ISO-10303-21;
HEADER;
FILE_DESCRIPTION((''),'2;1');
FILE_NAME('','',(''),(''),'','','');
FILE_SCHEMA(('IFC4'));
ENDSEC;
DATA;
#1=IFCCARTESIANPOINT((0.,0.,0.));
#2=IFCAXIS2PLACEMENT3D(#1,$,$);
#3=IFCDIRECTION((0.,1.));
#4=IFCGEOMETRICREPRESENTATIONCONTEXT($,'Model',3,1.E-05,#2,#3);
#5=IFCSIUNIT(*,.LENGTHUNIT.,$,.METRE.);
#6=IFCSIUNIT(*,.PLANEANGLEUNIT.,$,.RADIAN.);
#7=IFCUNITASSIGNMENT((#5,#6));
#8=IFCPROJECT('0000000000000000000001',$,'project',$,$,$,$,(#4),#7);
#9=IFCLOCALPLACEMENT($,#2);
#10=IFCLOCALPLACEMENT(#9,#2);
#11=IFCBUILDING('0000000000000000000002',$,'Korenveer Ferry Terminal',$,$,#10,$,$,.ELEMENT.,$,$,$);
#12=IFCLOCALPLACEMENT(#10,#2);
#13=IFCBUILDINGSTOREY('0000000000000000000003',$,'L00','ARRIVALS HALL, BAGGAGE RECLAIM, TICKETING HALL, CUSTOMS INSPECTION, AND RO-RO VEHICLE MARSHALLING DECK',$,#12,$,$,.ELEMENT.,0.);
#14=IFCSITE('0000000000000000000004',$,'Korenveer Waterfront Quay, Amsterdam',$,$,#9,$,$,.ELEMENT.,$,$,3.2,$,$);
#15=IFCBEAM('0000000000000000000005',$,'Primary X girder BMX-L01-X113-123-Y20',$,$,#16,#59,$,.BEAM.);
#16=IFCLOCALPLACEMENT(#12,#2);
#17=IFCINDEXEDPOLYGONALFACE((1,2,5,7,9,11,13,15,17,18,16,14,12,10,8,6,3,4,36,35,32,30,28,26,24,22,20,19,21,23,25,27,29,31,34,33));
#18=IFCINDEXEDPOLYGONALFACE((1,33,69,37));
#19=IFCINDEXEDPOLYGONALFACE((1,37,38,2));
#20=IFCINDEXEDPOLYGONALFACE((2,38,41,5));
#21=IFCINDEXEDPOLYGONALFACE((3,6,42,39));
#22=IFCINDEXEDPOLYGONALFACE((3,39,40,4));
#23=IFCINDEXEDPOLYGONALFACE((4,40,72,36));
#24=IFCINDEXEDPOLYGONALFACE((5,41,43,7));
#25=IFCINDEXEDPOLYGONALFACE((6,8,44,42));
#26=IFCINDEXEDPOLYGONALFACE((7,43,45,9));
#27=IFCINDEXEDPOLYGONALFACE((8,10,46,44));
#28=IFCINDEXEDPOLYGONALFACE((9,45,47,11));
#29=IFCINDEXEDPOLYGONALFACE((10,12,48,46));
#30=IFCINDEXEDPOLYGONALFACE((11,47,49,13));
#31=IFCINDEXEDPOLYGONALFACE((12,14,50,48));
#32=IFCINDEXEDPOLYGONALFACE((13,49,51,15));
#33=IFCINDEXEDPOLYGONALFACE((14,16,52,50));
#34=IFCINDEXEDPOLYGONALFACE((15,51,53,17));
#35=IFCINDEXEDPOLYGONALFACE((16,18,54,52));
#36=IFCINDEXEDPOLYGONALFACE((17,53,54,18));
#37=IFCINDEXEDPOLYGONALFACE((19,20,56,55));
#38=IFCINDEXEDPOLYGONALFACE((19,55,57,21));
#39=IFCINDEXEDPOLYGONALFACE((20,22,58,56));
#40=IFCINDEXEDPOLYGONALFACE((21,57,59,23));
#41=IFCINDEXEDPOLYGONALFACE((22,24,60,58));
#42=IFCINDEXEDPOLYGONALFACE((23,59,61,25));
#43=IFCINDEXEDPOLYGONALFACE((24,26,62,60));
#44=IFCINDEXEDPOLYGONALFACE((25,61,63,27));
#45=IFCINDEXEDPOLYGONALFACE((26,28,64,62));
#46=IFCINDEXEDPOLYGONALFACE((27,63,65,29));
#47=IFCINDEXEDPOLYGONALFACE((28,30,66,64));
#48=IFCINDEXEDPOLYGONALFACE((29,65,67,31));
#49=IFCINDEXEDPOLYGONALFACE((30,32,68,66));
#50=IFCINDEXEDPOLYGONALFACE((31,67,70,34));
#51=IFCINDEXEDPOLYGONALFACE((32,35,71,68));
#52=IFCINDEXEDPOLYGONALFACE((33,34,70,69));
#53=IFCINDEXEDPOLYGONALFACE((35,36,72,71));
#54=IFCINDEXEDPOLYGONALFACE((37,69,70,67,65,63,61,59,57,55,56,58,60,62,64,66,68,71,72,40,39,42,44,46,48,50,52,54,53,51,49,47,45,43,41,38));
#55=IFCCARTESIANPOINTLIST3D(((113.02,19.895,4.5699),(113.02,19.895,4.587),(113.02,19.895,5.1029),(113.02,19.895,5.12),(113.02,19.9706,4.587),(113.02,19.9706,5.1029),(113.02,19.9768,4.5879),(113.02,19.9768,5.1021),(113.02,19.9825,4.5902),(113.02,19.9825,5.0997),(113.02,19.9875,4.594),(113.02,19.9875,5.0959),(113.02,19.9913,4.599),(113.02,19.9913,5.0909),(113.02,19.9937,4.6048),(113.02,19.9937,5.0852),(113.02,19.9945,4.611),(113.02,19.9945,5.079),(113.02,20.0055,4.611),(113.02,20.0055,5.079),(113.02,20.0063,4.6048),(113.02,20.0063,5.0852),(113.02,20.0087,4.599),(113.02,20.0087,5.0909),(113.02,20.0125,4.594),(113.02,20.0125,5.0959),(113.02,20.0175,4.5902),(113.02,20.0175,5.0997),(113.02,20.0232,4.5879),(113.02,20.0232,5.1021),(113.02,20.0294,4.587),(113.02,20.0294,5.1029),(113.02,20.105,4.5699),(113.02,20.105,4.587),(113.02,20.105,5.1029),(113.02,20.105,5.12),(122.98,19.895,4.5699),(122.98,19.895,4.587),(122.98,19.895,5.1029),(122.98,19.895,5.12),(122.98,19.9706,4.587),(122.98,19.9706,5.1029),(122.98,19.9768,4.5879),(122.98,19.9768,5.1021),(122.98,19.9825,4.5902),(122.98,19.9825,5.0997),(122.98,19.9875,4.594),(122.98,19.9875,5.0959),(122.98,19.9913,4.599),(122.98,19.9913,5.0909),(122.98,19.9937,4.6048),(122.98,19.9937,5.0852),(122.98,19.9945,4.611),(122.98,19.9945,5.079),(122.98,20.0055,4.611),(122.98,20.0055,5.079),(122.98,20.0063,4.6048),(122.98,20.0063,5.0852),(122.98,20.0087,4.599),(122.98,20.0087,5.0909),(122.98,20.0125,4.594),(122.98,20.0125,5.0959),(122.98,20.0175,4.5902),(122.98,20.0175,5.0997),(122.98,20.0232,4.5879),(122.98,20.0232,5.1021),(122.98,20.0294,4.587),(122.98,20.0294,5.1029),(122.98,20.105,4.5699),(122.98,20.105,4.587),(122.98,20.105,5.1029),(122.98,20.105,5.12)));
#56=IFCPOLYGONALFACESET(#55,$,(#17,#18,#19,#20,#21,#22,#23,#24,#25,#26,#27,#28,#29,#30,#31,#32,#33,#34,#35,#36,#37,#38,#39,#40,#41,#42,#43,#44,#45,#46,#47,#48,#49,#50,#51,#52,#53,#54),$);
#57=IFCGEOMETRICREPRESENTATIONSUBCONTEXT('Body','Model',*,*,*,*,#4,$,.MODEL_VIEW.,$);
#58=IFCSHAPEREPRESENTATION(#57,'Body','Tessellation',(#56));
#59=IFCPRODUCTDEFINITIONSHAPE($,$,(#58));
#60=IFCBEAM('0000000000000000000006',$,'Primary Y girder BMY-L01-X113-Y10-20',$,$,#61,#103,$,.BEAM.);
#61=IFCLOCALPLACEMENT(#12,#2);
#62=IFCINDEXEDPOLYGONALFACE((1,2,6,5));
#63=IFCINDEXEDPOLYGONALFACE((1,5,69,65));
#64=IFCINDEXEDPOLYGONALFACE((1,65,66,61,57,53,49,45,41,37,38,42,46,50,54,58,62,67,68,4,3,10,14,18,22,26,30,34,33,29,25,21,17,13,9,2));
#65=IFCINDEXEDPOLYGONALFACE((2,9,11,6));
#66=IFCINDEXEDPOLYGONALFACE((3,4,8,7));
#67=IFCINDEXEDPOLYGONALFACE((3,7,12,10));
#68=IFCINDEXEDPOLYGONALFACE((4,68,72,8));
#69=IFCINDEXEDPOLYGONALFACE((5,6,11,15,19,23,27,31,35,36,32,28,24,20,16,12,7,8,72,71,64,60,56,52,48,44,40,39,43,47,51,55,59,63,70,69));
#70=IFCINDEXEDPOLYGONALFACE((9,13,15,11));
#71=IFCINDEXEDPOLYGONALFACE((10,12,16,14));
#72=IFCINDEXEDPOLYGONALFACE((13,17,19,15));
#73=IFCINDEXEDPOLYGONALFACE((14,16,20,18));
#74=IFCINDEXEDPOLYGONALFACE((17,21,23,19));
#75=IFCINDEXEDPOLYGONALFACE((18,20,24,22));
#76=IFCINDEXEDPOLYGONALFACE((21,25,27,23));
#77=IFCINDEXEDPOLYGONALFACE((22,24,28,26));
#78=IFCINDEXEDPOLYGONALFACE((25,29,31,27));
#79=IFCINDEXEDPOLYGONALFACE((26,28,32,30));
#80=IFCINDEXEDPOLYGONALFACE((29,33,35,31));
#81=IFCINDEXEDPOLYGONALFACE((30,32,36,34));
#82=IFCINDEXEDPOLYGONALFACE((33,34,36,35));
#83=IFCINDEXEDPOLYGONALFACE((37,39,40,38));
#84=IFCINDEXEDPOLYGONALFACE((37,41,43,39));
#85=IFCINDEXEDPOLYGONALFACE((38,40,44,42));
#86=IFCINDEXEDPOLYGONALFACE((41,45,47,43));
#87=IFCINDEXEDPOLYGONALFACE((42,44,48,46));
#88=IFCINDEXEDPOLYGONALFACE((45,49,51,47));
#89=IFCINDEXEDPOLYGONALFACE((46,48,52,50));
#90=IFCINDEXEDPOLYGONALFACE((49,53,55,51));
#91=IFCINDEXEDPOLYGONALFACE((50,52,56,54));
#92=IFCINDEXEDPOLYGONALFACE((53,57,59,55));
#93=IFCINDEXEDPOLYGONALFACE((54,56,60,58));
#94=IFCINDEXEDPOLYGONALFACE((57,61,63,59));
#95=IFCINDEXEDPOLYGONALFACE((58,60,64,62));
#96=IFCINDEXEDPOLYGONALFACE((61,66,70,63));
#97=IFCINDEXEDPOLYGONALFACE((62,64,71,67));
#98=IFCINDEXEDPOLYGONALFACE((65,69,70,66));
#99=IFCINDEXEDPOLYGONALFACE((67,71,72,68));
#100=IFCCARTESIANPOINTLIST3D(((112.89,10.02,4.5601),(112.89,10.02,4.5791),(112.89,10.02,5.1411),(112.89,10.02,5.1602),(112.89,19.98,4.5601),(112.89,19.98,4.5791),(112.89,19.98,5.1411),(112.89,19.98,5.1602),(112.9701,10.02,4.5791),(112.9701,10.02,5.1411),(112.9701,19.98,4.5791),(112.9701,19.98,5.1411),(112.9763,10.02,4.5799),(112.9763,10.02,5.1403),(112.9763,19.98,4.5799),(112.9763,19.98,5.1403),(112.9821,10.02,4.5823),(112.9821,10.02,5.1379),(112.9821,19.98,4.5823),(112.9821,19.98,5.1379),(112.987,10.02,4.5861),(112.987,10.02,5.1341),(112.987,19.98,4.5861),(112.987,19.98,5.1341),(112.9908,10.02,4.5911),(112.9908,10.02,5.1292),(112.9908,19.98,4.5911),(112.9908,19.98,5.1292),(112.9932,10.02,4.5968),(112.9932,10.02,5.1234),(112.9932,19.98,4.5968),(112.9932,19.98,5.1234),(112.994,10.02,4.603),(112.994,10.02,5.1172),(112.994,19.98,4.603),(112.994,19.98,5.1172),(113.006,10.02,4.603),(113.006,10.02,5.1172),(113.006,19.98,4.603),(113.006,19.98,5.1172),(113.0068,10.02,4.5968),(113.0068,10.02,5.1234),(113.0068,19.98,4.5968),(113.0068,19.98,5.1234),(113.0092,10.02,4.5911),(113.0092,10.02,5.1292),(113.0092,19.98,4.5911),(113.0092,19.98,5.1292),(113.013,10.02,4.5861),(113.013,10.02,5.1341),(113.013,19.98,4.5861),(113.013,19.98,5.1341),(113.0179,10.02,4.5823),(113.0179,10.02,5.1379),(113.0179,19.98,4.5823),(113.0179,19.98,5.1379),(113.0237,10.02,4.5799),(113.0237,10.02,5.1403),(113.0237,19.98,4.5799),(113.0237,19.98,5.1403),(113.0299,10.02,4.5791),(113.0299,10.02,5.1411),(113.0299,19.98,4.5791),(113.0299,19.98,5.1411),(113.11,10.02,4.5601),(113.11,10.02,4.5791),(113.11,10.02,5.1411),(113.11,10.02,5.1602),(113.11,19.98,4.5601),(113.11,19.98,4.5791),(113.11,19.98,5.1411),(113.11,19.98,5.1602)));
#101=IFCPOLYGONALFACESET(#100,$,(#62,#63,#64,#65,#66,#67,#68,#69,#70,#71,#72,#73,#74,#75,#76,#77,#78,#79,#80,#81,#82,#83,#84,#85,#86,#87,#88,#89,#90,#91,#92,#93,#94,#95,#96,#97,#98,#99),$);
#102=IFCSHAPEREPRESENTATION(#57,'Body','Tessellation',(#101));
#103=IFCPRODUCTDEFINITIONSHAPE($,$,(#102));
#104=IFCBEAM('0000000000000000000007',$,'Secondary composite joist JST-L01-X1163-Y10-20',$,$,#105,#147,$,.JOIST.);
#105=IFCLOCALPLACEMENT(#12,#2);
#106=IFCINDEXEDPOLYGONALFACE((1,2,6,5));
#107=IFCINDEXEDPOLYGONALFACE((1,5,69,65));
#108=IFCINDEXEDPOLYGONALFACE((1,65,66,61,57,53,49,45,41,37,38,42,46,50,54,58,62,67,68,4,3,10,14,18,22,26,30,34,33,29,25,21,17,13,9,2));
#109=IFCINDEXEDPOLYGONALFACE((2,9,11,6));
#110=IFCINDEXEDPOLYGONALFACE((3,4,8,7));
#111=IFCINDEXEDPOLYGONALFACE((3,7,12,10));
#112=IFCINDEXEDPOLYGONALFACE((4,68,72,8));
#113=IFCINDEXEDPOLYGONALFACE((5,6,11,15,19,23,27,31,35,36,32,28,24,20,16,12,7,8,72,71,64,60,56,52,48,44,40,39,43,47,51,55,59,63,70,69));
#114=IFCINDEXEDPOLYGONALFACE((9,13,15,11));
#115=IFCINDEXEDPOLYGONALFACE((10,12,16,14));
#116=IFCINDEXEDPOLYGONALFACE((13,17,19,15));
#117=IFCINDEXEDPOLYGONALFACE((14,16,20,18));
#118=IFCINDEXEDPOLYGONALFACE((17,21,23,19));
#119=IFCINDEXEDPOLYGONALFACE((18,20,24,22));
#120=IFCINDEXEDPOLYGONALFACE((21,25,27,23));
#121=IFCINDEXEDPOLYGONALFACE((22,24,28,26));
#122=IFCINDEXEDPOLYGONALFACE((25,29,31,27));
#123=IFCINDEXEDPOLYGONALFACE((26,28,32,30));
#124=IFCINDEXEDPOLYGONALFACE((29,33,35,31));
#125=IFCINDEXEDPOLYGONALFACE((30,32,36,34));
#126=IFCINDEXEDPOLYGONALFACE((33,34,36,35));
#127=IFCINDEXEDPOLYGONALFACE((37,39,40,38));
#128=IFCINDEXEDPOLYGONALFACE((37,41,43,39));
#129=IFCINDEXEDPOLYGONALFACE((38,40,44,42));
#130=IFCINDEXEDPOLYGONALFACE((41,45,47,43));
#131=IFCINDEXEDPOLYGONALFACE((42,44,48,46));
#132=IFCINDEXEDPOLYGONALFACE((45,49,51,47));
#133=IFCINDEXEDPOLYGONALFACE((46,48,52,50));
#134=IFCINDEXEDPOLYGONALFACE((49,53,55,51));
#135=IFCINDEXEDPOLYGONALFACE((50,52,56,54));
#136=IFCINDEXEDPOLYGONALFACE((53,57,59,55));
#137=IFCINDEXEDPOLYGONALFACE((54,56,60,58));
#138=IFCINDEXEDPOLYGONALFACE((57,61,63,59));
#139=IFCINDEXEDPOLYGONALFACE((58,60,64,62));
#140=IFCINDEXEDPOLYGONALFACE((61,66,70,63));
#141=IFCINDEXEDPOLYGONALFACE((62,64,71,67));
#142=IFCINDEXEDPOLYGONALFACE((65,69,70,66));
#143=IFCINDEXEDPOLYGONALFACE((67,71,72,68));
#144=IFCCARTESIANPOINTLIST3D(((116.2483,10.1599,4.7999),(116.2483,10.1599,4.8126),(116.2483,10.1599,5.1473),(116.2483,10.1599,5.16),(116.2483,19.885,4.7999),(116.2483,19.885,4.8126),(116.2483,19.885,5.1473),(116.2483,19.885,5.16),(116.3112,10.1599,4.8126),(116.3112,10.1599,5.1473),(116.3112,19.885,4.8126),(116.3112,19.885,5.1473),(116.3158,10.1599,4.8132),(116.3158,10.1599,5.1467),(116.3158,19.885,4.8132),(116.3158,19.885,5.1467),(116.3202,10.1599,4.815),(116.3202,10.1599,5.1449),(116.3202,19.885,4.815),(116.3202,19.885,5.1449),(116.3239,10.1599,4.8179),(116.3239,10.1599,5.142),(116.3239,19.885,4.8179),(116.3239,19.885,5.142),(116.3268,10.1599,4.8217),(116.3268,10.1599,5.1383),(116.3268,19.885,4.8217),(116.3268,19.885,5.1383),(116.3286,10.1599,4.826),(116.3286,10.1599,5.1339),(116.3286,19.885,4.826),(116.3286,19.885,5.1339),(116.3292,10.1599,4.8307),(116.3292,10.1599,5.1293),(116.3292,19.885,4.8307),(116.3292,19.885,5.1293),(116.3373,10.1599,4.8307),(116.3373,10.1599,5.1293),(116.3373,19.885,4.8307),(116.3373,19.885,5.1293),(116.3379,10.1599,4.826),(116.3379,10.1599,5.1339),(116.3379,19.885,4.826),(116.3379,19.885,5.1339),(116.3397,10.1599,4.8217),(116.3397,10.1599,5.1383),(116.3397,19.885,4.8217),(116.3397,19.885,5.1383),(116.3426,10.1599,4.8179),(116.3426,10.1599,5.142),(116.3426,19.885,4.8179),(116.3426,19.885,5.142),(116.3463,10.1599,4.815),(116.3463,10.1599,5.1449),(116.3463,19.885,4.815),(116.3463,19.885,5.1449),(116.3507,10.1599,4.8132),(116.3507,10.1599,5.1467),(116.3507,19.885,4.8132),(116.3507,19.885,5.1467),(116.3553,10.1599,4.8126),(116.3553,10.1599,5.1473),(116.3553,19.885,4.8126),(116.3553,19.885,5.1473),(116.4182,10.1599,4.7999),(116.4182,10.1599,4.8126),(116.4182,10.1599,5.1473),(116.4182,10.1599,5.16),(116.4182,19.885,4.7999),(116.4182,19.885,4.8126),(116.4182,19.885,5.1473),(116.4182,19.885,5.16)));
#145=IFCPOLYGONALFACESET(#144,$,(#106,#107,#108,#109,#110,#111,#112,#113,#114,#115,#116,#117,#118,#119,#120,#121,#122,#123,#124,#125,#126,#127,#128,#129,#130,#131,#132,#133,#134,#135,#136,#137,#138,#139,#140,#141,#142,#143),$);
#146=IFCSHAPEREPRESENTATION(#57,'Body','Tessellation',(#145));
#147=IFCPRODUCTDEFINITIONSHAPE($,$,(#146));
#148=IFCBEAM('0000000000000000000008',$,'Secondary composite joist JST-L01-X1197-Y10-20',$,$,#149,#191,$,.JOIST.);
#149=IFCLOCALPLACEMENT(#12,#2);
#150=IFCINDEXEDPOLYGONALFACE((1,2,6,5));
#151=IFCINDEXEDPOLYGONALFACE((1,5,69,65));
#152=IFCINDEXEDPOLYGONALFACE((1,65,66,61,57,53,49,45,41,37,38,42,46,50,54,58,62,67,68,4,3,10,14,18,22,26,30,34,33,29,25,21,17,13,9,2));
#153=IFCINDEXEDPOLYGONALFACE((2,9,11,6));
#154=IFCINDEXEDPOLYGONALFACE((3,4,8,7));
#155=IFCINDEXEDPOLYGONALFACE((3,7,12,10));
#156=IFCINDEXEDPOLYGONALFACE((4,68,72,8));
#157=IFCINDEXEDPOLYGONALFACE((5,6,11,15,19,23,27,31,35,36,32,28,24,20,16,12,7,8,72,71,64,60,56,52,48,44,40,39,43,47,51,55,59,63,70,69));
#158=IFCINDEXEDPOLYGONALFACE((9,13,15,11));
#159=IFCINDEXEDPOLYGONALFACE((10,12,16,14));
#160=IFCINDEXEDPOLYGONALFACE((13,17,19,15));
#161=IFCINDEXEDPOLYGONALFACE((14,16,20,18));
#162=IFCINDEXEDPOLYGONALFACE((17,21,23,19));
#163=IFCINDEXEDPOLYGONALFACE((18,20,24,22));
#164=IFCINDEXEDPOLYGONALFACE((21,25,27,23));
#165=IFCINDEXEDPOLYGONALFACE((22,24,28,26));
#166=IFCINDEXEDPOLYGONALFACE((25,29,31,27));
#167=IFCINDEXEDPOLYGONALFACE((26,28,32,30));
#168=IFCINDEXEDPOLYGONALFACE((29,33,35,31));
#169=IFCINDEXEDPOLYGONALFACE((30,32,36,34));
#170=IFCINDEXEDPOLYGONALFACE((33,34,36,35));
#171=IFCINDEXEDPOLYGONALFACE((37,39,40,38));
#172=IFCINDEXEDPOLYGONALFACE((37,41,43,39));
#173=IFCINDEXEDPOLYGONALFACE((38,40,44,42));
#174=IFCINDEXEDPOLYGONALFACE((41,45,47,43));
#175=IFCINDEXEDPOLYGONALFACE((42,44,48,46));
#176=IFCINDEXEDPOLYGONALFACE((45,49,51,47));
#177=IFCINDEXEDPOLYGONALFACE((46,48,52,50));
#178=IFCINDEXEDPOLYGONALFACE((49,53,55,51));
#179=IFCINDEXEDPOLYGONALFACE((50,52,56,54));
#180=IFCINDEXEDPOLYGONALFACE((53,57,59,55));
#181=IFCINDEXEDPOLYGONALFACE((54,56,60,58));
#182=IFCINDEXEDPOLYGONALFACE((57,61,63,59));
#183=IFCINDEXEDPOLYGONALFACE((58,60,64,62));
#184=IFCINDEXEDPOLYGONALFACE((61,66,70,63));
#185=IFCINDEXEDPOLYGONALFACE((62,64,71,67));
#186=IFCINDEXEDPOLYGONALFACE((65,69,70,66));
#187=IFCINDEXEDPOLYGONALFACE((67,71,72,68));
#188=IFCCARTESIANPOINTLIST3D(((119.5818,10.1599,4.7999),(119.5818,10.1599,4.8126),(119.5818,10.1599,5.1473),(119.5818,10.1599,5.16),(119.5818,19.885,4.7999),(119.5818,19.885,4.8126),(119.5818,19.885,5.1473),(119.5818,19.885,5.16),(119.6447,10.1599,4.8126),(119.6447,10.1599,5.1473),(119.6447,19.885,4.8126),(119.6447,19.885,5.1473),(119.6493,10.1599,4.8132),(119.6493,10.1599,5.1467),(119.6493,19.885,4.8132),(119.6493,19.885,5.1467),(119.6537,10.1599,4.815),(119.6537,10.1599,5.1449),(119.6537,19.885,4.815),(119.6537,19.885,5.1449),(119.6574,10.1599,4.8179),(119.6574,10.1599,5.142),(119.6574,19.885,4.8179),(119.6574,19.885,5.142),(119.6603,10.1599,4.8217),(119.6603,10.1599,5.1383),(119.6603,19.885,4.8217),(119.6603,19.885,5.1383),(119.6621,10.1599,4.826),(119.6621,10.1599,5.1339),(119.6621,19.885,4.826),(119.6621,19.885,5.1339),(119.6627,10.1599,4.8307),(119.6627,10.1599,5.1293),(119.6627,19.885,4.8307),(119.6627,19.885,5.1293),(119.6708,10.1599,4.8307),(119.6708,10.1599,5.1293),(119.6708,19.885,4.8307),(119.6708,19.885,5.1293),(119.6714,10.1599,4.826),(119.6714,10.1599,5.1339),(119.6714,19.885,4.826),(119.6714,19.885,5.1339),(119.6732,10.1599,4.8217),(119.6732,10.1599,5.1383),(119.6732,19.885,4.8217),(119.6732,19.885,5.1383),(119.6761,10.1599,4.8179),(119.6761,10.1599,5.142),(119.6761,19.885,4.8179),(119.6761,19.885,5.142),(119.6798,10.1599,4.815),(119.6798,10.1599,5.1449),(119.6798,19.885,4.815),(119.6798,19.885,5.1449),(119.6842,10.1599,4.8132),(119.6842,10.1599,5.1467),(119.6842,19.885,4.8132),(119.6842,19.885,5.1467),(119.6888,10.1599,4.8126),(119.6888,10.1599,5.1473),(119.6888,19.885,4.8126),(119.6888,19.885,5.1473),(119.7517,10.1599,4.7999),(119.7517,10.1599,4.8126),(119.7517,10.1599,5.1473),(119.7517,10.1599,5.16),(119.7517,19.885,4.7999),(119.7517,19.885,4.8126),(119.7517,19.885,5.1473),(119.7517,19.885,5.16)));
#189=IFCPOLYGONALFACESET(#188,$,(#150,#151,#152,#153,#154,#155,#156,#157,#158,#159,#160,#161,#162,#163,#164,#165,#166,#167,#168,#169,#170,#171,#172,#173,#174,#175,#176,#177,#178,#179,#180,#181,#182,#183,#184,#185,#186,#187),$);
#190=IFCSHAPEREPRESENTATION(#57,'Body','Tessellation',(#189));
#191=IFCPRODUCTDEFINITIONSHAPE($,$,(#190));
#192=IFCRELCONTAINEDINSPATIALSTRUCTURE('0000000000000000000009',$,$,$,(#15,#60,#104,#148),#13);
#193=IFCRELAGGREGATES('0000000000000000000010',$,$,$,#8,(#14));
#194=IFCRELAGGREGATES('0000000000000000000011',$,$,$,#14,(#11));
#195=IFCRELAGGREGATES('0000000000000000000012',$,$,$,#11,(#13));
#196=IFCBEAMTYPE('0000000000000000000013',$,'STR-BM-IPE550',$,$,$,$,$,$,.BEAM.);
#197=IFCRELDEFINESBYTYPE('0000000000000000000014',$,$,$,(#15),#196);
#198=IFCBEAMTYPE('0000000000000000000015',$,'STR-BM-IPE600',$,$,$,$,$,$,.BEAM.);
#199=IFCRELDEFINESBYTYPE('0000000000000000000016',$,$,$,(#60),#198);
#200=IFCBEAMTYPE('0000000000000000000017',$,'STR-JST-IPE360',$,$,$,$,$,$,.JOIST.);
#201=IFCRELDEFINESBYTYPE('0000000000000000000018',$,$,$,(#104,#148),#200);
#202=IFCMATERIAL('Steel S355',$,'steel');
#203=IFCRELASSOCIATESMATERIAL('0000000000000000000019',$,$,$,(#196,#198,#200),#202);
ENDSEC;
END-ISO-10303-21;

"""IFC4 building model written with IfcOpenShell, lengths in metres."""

from ifc_helpers import new_model, si_unit, direction, frame, origin, origin_2d, place, context, subcontext, project, spatial, i_section, extrude, material, material_profile, profile_set, type_object, element, save


model = new_model("IFC4")

# Units and contexts
model_context = context("Model", 3, precision=1e-05, world=origin(), true_north=direction((0.0, 1.0)))
body_context = subcontext(model_context, "Body", "Model", "MODEL_VIEW")
ifc_project = project(units=[si_unit("LENGTHUNIT", "METRE"), si_unit("PLANEANGLEUNIT", "RADIAN")], contexts=[model_context])

# Site, building, storey
site_placement = place(None, origin())
site = spatial("IfcSite", under=ifc_project, at=site_placement, Name="Korenveer Waterfront Quay, Amsterdam", CompositionType="ELEMENT", RefElevation=3.2)
building_placement = place(site_placement, origin())
building = spatial("IfcBuilding", under=site, at=building_placement, Name="Korenveer Ferry Terminal", CompositionType="ELEMENT")
storey_placement = place(building_placement, origin())
storey = spatial("IfcBuildingStorey", under=building, at=storey_placement, Name="L00", Description="ARRIVALS HALL, BAGGAGE RECLAIM, TICKETING HALL, CUSTOMS INSPECTION, AND RO-RO VEHICLE MARSHALLING DECK", CompositionType="ELEMENT", Elevation=0.0)

# Shared definitions
ifc_material_1 = material(Name="Steel S355", Category="steel")

# Beams
ifc_material_profile_1 = material_profile(ifc_material_1, i_section(OverallWidth=0.21, OverallDepth=0.55, WebThickness=0.011, FlangeThickness=0.0171, FilletRadius=0.0239, at=origin_2d()), Name="IPE 550")
ifc_profile_set_1 = profile_set([ifc_material_profile_1], Name="Steel S355")
beam_type_1 = type_object("IfcBeamType", Name="STR-BM-IPE550", PredefinedType="BEAM", material=ifc_profile_set_1)
beam_1_placement = place(storey_placement, frame((113.02, 20.0, 4.845), z_axis=(1.0, 0.0, 0.0), x_axis=(0.0, 1.0, 0.0)))
element("IfcBeam", 1, at=beam_1_placement, inside=storey, type_object=beam_type_1, Name="Primary X girder BMX-L01-X113-123-Y20", PredefinedType="BEAM", context=body_context, shape_type="SweptSolid", body=[
    extrude(i_section(OverallWidth=0.21, OverallDepth=0.55, WebThickness=0.011, FlangeThickness=0.0171, FilletRadius=0.0239, at=origin_2d()), origin(), (0.0, 0.0, 1.0), 9.96),
])
ifc_material_profile_2 = material_profile(ifc_material_1, i_section(OverallWidth=0.22, OverallDepth=0.6001, WebThickness=0.012, FlangeThickness=0.019, FilletRadius=0.0239, at=origin_2d()), Name="IPE 600")
ifc_profile_set_2 = profile_set([ifc_material_profile_2], Name="Steel S355")
beam_type_2 = type_object("IfcBeamType", Name="STR-BM-IPE600", PredefinedType="BEAM", material=ifc_profile_set_2)
beam_2_placement = place(storey_placement, frame((113.0, 10.02, 4.8601), z_axis=(0.0, 1.0, 0.0), x_axis=(-1.0, 0.0, 0.0)))
element("IfcBeam", 2, at=beam_2_placement, inside=storey, type_object=beam_type_2, Name="Primary Y girder BMY-L01-X113-Y10-20", PredefinedType="BEAM", context=body_context, shape_type="SweptSolid", body=[
    extrude(i_section(OverallWidth=0.22, OverallDepth=0.6001, WebThickness=0.012, FlangeThickness=0.019, FilletRadius=0.0239, at=origin_2d()), origin(), (0.0, 0.0, 1.0), 9.96),
])
ifc_material_profile_3 = material_profile(ifc_material_1, i_section(OverallWidth=0.1699, OverallDepth=0.3601, WebThickness=0.0081, FlangeThickness=0.0127, FilletRadius=0.0181, at=origin_2d()), Name="IPE 360")
ifc_profile_set_3 = profile_set([ifc_material_profile_3], Name="Steel S355")
beam_type_3 = type_object("IfcBeamType", Name="STR-JST-IPE360", PredefinedType="JOIST", material=ifc_profile_set_3)
for number, where, z_axis, x_axis, name in (
    (3, (116.3333, 10.1599, 4.98), (0.0, 1.0, 0.0), (-1.0, 0.0, 0.0), "Secondary composite joist JST-L01-X1163-Y10-20"),
    (4, (119.6667, 10.1599, 4.98), (0.0, 1.0, 0.0), (-1.0, 0.0, 0.0), "Secondary composite joist JST-L01-X1197-Y10-20"),
):
    element("IfcBeam", number, at=place(storey_placement, frame(where, z_axis=z_axis, x_axis=x_axis)), inside=storey, type_object=beam_type_3, Name=name, PredefinedType="JOIST", context=body_context, shape_type="SweptSolid", body=[
        extrude(i_section(OverallWidth=0.1699, OverallDepth=0.3601, WebThickness=0.0081, FlangeThickness=0.0127, FilletRadius=0.0181, at=origin_2d()), origin(), (0.0, 0.0, 1.0), 9.7251),
    ])

save(model, "model.ifc")
